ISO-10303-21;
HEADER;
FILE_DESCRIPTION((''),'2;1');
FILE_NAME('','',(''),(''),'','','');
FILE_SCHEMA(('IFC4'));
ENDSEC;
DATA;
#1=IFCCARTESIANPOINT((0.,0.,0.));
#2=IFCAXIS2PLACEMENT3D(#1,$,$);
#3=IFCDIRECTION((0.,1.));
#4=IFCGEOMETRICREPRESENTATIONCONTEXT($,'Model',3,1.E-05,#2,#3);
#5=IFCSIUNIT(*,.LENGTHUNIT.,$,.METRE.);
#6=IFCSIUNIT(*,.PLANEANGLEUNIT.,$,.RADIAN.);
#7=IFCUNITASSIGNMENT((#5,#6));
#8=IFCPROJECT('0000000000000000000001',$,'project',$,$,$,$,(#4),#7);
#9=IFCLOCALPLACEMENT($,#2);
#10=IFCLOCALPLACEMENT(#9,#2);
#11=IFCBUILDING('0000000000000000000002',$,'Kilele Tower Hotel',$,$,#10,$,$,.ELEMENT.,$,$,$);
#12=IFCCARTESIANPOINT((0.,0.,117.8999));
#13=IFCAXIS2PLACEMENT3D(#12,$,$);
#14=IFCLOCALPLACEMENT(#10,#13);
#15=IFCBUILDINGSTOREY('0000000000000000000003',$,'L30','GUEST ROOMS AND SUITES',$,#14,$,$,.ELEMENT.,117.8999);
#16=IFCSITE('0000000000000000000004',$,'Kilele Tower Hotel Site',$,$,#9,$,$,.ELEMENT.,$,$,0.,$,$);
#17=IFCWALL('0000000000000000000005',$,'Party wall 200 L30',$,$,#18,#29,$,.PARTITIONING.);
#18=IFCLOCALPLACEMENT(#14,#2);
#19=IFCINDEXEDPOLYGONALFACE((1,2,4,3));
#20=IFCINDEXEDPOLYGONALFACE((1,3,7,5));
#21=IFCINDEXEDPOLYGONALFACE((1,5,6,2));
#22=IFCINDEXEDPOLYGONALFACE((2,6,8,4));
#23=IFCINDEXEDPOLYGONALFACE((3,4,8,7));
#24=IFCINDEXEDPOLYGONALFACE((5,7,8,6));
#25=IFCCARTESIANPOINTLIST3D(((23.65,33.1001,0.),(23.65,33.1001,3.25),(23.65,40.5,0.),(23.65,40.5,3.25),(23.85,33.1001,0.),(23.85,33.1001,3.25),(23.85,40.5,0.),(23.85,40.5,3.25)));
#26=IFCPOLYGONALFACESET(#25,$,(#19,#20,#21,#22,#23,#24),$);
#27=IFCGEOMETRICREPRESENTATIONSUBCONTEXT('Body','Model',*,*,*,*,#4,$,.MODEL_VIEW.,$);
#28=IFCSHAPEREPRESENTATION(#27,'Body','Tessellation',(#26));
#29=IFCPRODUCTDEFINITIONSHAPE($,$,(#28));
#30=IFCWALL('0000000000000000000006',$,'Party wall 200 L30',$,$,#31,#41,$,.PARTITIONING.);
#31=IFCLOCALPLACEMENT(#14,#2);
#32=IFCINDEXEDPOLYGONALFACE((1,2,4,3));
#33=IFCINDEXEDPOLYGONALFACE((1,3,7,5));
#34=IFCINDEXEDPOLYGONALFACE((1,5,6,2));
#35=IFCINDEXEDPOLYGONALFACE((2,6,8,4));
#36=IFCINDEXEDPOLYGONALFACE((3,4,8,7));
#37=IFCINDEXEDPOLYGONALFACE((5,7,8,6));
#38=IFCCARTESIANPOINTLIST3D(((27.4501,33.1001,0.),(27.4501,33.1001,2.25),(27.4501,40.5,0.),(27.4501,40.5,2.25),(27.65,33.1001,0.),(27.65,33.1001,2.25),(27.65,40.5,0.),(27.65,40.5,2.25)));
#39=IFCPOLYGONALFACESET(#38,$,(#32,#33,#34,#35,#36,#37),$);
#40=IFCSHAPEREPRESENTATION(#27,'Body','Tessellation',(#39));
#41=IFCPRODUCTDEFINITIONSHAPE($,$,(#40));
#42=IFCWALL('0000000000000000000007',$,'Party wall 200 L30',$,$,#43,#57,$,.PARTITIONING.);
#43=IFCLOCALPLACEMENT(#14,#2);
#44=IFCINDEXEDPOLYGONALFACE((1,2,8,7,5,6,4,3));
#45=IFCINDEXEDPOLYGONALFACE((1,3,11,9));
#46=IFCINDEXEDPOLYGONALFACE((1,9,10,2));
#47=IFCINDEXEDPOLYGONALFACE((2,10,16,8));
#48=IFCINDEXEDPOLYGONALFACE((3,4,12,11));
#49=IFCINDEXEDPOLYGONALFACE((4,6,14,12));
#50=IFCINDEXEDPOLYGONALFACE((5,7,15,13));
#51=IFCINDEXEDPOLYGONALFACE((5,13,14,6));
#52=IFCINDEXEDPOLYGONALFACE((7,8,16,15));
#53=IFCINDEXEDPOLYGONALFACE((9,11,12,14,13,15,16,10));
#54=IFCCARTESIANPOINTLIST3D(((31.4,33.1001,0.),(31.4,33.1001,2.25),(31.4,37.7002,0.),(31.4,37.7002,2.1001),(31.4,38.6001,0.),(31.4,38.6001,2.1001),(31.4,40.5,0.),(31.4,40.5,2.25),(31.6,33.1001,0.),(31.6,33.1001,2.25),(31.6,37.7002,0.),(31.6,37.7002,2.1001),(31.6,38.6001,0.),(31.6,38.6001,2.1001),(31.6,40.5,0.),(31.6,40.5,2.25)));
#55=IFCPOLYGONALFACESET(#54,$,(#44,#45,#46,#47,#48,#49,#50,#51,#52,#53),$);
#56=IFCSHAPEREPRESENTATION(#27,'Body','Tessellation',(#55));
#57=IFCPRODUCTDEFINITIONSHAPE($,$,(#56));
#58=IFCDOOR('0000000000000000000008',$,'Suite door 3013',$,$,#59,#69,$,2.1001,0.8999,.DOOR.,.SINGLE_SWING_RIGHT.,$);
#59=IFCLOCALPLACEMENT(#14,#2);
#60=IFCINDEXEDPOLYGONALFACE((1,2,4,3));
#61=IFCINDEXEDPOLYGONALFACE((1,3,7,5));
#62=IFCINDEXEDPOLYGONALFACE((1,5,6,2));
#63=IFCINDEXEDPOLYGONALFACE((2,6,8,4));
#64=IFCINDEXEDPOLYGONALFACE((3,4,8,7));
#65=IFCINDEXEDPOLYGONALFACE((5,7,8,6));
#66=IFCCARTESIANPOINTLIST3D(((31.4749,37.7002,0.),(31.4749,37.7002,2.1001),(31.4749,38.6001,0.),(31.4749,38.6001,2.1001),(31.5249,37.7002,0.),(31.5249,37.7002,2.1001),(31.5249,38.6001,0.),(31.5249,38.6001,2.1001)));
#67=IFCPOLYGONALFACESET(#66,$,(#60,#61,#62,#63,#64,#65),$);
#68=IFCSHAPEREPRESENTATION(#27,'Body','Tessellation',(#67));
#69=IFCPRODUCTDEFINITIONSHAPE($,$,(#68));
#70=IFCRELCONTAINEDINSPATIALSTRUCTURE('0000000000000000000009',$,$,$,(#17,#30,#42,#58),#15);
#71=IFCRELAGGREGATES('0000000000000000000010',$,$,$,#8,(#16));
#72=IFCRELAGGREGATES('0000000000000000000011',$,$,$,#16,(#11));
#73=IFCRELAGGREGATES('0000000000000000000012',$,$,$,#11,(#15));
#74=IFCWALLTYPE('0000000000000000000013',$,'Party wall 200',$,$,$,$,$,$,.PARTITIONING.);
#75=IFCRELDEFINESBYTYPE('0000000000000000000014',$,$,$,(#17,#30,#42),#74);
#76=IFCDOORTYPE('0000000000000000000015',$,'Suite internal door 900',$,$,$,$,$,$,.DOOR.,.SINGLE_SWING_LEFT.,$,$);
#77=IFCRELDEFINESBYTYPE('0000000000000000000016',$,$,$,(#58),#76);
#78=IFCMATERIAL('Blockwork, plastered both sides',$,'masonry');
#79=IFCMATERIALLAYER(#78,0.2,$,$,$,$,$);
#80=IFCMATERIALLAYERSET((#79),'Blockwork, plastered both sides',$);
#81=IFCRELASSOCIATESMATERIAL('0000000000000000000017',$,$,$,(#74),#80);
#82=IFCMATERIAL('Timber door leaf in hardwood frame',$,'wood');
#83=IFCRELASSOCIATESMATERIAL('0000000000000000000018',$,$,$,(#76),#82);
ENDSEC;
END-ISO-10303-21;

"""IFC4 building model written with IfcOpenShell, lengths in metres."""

from ifc_helpers import new_model, si_unit, direction, frame, frame_2d, origin, place, context, subcontext, project, spatial, rectangle, extrude, material, layer, layer_set, type_object, element, fill, save


model = new_model("IFC4")

# Units and contexts
model_context = context("Model", 3, precision=1e-05, world=origin(), true_north=direction((0.0, 1.0)))
body_context = subcontext(model_context, "Body", "Model", "MODEL_VIEW")
ifc_project = project(units=[si_unit("LENGTHUNIT", "METRE"), si_unit("PLANEANGLEUNIT", "RADIAN")], contexts=[model_context])

# Site, building, storey
site_placement = place(None, origin())
site = spatial("IfcSite", under=ifc_project, at=site_placement, Name="Kilele Tower Hotel Site", CompositionType="ELEMENT", RefElevation=0.0)
building_placement = place(site_placement, origin())
building = spatial("IfcBuilding", under=site, at=building_placement, Name="Kilele Tower Hotel", CompositionType="ELEMENT")
storey_placement = place(building_placement, frame((0.0, 0.0, 117.8999)))
storey = spatial("IfcBuildingStorey", under=building, at=storey_placement, Name="L30", Description="GUEST ROOMS AND SUITES", CompositionType="ELEMENT", Elevation=117.8999)

# Walls
ifc_material_1 = material(Name="Blockwork, plastered both sides", Category="masonry")
ifc_layer_1 = layer(ifc_material_1, 0.2)
ifc_layer_set_1 = layer_set([ifc_layer_1], Name="Blockwork, plastered both sides")
wall_type_1 = type_object("IfcWallType", Name="Party wall 200", PredefinedType="PARTITIONING", material=ifc_layer_set_1)
wall_1_placement = place(storey_placement, frame((23.75, 33.1001, 0.0), z_axis=(0.0, 0.0, 1.0), x_axis=(0.0, 1.0, 0.0)))
element("IfcWall", 1, at=wall_1_placement, inside=storey, type_object=wall_type_1, Name="Party wall 200 L30", PredefinedType="PARTITIONING", context=body_context, shape_type="SweptSolid", body=[
    extrude(rectangle(XDim=7.3999, YDim=0.2, at=frame_2d((3.7, 0.0))), origin(), (0.0, 0.0, 1.0), 3.25),
])
wall_2_placement = place(storey_placement, frame((27.55, 33.1001, 0.0), z_axis=(0.0, 0.0, 1.0), x_axis=(0.0, 1.0, 0.0)))
element("IfcWall", 2, at=wall_2_placement, inside=storey, type_object=wall_type_1, Name="Party wall 200 L30", PredefinedType="PARTITIONING", context=body_context, shape_type="SweptSolid", body=[
    extrude(rectangle(XDim=7.3999, YDim=0.2, at=frame_2d((3.7, 0.0))), origin(), (0.0, 0.0, 1.0), 2.25),
])

# Wall, opening, door
wall_3_placement = place(storey_placement, frame((31.5, 33.1001, 0.0), z_axis=(0.0, 0.0, 1.0), x_axis=(0.0, 1.0, 0.0)))
wall_3 = element("IfcWall", 3, at=wall_3_placement, inside=storey, type_object=wall_type_1, Name="Party wall 200 L30", PredefinedType="PARTITIONING", context=body_context, shape_type="SweptSolid", body=[
    extrude(rectangle(XDim=7.3999, YDim=0.2, at=frame_2d((3.7, 0.0))), origin(), (0.0, 0.0, 1.0), 2.25),
])
opening_1_placement = place(wall_3_placement, frame((5.5, 0.0, 0.0), z_axis=(0.0, 0.0, 1.0), x_axis=(-1.0, 0.0, 0.0)))
opening_1 = element("IfcOpeningElement", 4, at=opening_1_placement, cuts=wall_3, PredefinedType="OPENING", context=body_context, shape_type="SweptSolid", body=[
    extrude(rectangle(XDim=0.8999, YDim=2.1001, at=frame_2d((0.45, 1.05))), frame((0.0, 0.1099, 0.0), z_axis=(0.0, -1.0, 0.0), x_axis=(1.0, 0.0, 0.0)), (0.0, 0.0, 1.0), 0.22),
])
ifc_material_2 = material(Name="Timber door leaf in hardwood frame", Category="wood")
door_type_1 = type_object("IfcDoorType", Name="Suite internal door 900", OperationType="SINGLE_SWING_LEFT", PredefinedType="DOOR", material=ifc_material_2)
door_1_placement = place(opening_1_placement, origin())
door_1 = element("IfcDoor", 5, at=door_1_placement, inside=storey, type_object=door_type_1, Name="Suite door 3013", OperationType="SINGLE_SWING_RIGHT", OverallHeight=2.1001, OverallWidth=0.8999, PredefinedType="DOOR", context=body_context, shape_type="SweptSolid", body=[
    extrude(rectangle(XDim=0.8999, YDim=2.1001, at=frame_2d((0.45, 1.05))), frame((0.0, 0.0249, 0.0), z_axis=(0.0, -1.0, 0.0), x_axis=(1.0, 0.0, 0.0)), (0.0, 0.0, 1.0), 0.05),
])
fill(opening_1, door_1)

save(model, "model.ifc")
